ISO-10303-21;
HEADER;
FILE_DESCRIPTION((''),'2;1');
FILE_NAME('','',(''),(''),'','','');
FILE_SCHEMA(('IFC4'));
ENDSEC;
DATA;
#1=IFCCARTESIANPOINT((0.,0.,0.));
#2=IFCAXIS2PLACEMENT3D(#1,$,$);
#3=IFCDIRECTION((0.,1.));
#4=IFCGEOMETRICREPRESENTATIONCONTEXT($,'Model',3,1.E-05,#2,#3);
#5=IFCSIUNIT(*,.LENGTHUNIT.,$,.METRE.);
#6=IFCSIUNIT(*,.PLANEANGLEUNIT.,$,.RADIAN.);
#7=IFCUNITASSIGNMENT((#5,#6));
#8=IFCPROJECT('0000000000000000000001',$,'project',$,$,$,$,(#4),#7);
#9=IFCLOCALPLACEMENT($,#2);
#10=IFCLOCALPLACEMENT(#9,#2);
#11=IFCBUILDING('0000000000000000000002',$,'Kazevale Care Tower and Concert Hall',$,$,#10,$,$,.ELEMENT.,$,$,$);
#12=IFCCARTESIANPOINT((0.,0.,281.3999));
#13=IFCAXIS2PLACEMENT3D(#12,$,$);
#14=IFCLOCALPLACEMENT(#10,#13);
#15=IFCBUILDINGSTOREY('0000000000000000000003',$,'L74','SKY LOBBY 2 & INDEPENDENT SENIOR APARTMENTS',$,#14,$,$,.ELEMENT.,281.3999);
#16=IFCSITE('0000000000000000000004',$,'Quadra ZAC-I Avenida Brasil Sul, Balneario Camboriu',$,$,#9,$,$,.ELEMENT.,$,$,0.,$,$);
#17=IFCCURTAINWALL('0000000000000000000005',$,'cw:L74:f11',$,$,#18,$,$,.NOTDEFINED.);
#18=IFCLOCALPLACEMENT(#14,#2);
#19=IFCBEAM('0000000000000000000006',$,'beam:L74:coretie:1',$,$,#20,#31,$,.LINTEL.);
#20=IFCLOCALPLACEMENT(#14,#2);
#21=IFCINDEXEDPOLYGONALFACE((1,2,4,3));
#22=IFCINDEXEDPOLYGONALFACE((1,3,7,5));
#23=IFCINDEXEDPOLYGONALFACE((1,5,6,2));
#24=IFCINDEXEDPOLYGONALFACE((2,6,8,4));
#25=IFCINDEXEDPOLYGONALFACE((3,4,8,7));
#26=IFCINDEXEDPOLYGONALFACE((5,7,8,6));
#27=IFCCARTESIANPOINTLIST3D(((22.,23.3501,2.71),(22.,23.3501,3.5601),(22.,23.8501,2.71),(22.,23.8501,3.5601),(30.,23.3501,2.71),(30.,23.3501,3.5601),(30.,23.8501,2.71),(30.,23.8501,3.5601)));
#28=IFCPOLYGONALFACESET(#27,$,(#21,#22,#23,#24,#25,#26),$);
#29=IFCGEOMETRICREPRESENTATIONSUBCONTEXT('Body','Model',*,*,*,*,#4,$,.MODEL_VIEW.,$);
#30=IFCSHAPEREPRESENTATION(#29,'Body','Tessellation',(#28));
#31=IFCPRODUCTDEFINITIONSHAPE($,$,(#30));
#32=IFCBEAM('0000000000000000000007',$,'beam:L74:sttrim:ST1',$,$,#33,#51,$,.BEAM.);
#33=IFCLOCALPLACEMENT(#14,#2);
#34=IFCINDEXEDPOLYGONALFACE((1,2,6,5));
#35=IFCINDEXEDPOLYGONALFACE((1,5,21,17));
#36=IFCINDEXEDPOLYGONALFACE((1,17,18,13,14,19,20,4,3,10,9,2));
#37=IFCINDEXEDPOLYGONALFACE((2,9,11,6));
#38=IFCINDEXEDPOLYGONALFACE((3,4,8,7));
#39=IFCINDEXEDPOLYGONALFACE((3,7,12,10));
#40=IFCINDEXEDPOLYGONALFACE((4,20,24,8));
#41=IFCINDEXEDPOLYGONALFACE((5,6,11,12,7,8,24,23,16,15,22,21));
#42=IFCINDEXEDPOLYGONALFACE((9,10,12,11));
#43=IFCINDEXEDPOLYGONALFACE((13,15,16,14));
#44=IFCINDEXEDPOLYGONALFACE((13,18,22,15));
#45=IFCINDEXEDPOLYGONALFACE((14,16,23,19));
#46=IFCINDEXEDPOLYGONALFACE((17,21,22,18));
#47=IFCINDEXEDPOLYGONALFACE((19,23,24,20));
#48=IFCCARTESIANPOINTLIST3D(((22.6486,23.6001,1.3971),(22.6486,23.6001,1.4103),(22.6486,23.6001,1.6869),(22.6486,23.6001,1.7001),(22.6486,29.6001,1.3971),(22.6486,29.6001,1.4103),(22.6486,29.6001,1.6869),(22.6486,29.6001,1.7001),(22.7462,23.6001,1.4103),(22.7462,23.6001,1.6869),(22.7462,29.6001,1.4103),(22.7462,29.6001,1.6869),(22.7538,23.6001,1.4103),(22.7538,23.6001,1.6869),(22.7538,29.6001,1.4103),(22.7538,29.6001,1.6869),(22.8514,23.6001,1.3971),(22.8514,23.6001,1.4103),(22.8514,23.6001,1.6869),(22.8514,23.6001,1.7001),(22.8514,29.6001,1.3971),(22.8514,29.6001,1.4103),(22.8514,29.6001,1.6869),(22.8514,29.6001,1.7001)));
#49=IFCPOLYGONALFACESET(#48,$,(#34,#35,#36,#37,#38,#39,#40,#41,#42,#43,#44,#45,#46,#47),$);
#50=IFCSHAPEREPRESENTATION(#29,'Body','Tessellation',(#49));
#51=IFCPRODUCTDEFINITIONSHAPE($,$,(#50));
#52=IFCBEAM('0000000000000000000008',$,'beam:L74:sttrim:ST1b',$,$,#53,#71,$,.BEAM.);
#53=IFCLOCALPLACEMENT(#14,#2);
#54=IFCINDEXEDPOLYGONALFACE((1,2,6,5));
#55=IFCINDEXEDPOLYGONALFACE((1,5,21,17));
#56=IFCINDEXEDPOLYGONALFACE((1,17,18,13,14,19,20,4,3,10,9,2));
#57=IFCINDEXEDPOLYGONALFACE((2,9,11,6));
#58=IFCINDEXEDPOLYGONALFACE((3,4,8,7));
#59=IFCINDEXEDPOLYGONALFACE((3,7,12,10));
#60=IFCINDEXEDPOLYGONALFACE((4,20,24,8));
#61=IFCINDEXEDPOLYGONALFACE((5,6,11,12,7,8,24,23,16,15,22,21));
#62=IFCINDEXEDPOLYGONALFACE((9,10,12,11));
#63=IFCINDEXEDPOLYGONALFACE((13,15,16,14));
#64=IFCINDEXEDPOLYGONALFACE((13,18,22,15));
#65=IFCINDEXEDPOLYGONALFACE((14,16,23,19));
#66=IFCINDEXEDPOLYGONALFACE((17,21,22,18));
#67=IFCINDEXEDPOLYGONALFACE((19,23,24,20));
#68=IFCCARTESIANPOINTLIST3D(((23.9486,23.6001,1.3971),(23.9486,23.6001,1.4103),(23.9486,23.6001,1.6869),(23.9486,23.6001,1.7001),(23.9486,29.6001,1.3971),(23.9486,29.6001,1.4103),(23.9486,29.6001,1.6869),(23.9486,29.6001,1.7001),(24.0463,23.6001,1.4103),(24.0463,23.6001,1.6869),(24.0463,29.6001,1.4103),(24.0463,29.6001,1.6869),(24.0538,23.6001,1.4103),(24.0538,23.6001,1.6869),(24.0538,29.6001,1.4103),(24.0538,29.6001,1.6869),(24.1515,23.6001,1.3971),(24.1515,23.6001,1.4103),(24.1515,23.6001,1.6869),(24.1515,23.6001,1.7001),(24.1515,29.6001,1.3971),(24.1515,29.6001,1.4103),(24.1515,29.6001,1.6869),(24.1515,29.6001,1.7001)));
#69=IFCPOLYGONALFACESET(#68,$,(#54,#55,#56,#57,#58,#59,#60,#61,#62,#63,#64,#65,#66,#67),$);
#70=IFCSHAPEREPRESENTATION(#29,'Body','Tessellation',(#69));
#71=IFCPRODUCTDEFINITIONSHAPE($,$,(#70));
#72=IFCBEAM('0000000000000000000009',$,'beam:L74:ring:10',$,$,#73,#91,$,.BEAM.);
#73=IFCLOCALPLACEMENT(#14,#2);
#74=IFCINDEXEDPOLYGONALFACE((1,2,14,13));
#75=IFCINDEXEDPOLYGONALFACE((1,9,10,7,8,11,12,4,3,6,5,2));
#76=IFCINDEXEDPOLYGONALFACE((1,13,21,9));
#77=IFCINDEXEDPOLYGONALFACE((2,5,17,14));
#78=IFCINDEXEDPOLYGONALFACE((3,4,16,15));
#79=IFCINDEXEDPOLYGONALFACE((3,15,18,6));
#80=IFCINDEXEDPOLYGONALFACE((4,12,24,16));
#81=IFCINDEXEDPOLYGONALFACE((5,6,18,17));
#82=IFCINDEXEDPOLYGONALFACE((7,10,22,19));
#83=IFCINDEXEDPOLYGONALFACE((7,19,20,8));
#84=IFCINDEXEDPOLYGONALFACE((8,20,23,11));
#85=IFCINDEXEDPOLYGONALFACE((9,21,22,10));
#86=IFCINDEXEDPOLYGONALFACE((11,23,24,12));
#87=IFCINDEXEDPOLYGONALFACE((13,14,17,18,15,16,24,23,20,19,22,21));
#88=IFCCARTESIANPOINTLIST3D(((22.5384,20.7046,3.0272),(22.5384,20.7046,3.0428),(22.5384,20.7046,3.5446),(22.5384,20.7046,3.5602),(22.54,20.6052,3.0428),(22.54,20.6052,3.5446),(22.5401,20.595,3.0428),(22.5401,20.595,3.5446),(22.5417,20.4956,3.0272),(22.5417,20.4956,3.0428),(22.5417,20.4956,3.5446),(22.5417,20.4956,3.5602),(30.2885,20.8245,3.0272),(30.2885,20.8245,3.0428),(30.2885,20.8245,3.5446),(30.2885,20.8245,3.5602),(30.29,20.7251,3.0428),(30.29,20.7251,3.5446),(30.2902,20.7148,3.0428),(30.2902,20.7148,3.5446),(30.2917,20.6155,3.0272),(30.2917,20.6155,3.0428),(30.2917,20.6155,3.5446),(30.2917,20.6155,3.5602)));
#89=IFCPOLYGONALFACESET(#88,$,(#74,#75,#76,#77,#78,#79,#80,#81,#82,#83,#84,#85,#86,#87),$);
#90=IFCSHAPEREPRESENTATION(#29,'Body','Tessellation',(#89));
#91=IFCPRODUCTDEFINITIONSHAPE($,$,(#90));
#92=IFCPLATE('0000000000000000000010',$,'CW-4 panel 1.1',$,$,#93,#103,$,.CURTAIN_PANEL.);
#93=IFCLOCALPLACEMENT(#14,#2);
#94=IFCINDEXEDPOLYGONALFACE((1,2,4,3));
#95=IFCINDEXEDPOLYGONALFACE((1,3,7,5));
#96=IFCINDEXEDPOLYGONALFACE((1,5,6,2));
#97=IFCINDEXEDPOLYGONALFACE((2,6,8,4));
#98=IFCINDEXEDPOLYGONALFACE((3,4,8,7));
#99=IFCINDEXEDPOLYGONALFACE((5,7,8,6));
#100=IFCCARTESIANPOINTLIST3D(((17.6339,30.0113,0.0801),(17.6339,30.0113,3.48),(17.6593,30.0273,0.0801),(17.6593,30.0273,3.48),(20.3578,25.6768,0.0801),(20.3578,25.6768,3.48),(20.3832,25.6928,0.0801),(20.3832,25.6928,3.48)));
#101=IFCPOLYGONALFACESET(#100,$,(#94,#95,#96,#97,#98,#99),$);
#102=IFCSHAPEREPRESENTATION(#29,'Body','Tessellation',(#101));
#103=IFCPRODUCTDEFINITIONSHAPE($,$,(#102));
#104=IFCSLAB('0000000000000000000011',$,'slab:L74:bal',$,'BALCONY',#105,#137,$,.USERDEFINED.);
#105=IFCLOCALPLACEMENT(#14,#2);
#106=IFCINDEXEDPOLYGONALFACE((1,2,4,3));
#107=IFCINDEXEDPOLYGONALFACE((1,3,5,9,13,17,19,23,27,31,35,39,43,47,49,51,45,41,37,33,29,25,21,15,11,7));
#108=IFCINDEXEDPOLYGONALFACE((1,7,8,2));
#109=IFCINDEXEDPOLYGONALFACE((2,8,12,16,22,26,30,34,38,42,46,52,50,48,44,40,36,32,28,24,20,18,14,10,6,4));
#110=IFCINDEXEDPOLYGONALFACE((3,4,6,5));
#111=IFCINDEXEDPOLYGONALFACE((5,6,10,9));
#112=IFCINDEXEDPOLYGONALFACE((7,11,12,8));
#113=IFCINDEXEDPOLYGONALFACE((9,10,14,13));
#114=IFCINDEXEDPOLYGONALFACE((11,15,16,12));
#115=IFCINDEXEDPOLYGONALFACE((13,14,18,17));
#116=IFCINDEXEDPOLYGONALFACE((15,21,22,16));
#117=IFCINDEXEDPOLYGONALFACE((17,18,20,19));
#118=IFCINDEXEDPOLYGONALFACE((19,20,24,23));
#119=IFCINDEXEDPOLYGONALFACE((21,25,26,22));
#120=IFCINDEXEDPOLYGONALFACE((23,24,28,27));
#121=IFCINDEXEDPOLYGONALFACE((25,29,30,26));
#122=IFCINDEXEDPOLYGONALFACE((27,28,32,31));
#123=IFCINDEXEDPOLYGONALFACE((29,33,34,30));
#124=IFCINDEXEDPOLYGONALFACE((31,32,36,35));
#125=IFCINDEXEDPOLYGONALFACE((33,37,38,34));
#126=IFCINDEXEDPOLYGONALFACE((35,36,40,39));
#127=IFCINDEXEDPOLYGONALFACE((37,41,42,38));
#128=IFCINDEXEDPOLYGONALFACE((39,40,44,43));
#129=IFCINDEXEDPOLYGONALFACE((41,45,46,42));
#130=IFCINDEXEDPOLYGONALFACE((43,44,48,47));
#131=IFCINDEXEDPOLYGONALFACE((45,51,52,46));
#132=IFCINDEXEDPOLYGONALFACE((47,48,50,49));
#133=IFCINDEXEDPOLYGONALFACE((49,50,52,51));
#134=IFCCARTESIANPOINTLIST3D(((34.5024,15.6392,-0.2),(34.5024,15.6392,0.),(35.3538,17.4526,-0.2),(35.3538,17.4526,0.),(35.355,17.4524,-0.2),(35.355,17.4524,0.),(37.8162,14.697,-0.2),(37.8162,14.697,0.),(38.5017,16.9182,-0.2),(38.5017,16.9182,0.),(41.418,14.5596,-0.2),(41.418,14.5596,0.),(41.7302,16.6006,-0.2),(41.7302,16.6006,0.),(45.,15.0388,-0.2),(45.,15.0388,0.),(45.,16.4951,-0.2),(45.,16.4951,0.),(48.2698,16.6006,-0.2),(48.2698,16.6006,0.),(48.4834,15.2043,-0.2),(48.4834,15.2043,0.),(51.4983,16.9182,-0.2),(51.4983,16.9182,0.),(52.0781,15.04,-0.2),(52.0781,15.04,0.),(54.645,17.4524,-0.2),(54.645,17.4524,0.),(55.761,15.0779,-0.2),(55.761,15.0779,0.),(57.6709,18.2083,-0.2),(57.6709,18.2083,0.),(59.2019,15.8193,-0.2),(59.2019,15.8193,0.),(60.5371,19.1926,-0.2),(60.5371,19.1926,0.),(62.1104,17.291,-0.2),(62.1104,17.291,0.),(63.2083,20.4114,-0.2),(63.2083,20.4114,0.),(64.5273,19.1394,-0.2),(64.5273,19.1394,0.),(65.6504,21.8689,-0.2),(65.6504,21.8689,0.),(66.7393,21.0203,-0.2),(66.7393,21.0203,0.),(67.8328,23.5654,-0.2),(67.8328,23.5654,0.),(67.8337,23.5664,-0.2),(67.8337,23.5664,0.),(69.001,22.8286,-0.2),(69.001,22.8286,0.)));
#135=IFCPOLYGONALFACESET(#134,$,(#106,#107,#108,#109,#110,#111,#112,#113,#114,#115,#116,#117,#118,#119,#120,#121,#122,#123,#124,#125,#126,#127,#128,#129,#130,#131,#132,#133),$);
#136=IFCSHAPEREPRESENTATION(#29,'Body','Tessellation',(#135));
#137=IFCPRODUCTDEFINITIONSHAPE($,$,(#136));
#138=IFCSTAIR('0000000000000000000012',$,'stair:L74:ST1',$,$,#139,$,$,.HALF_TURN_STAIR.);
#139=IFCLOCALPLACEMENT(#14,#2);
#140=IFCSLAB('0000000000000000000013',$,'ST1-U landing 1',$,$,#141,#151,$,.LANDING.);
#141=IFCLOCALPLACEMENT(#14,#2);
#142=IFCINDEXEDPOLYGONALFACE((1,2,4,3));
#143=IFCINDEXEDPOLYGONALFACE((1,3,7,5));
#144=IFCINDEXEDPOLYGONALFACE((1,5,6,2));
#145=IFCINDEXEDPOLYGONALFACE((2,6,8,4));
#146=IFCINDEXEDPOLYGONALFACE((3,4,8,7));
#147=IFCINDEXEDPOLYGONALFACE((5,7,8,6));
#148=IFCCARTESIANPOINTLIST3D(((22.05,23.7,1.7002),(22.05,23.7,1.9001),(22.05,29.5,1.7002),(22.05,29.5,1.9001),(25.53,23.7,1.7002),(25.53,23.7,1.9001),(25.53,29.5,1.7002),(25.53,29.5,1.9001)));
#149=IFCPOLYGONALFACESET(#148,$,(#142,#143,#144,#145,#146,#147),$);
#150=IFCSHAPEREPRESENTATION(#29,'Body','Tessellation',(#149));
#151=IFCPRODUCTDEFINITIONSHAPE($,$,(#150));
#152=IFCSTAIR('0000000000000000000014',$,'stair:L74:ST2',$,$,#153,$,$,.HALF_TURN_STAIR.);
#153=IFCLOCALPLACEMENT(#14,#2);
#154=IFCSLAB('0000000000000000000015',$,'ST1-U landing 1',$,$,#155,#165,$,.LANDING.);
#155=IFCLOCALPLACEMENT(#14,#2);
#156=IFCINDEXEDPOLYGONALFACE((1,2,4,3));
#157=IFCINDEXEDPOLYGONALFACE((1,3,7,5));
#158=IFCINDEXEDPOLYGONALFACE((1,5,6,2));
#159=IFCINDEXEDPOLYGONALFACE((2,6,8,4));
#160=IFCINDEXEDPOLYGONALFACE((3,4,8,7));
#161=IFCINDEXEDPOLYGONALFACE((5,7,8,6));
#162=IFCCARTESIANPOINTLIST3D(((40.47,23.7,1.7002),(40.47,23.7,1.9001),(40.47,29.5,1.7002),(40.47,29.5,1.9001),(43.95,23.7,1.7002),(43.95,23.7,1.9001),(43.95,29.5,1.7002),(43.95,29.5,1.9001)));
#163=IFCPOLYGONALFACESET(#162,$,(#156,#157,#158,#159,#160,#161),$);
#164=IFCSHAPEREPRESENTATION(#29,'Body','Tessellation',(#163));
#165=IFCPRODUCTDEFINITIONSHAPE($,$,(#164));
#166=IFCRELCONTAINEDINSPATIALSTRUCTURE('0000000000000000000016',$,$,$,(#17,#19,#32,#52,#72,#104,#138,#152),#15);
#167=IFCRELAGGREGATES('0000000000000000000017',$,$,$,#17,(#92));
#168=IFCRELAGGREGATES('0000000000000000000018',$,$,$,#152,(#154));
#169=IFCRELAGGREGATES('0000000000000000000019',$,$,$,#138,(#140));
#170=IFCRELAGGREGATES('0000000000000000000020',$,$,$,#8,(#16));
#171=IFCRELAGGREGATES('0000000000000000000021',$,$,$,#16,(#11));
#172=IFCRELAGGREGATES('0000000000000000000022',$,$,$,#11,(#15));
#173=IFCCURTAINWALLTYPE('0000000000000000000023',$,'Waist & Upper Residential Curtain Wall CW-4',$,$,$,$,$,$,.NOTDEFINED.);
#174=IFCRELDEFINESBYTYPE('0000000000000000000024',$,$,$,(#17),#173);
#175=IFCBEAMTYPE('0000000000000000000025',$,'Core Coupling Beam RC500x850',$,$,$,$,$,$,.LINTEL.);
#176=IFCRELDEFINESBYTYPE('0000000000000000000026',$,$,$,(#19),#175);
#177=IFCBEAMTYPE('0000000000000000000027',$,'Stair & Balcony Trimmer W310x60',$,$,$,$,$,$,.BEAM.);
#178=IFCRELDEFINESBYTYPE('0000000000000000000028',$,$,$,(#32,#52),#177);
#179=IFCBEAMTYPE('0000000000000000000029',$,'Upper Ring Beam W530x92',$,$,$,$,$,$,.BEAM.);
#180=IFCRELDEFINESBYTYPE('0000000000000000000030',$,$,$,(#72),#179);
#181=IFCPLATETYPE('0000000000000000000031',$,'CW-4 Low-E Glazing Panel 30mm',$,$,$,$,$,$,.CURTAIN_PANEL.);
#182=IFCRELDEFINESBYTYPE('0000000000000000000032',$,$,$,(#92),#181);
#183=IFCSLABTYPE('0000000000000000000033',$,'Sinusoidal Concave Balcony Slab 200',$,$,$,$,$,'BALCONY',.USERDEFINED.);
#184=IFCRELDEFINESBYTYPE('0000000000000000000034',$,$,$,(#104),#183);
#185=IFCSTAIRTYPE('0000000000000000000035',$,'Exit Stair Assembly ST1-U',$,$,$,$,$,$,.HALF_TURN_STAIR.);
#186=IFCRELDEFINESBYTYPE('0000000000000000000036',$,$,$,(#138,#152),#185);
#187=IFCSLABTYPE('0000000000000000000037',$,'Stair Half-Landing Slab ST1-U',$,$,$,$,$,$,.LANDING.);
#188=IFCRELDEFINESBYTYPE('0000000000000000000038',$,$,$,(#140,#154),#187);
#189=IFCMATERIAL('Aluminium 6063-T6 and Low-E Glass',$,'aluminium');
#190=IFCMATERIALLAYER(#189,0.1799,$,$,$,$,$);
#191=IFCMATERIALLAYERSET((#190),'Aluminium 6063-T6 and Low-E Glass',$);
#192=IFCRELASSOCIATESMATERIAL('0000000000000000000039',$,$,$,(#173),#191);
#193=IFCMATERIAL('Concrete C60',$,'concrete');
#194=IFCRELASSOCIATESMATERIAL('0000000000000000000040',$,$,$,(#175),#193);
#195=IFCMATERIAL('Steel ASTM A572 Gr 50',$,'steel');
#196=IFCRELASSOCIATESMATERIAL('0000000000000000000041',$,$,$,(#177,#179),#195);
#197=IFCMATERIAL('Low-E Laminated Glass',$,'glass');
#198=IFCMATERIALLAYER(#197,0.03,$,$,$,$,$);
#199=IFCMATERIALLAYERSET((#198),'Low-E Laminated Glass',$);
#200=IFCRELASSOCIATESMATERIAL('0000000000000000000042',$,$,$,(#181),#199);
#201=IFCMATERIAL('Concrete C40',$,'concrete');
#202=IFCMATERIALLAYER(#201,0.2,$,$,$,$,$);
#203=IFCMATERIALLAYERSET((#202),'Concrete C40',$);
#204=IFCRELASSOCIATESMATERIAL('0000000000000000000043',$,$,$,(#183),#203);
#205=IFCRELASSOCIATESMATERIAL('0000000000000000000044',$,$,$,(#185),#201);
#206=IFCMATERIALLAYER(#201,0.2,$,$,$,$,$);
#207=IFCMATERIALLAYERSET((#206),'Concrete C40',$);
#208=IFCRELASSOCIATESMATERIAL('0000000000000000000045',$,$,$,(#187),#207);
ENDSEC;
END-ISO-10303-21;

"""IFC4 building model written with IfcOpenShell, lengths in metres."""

from ifc_helpers import new_model, si_unit, direction, frame, origin, origin_2d, place, context, subcontext, project, spatial, polyline, rectangle, i_section, outline, extrude, material, layer, layer_set, material_profile, profile_set, type_object, element, aggregate, save


model = new_model("IFC4")

# Units and contexts
model_context = context("Model", 3, precision=1e-05, world=origin(), true_north=direction((0.0, 1.0)))
body_context = subcontext(model_context, "Body", "Model", "MODEL_VIEW")
ifc_project = project(units=[si_unit("LENGTHUNIT", "METRE"), si_unit("PLANEANGLEUNIT", "RADIAN")], contexts=[model_context])

# Site, building, storey
site_placement = place(None, origin())
site = spatial("IfcSite", under=ifc_project, at=site_placement, Name="Quadra ZAC-I Avenida Brasil Sul, Balneario Camboriu", CompositionType="ELEMENT", RefElevation=0.0)
building_placement = place(site_placement, origin())
building = spatial("IfcBuilding", under=site, at=building_placement, Name="Kazevale Care Tower and Concert Hall", CompositionType="ELEMENT")
storey_placement = place(building_placement, frame((0.0, 0.0, 281.3999)))
storey = spatial("IfcBuildingStorey", under=building, at=storey_placement, Name="L74", Description="SKY LOBBY 2 & INDEPENDENT SENIOR APARTMENTS", CompositionType="ELEMENT", Elevation=281.3999)

# Curtain wall
ifc_material_1 = material(Name="Aluminium 6063-T6 and Low-E Glass", Category="aluminium")
ifc_layer_1 = layer(ifc_material_1, 0.1799)
ifc_layer_set_1 = layer_set([ifc_layer_1], Name="Aluminium 6063-T6 and Low-E Glass")
curtain_wall_type_1 = type_object("IfcCurtainWallType", Name="Waist & Upper Residential Curtain Wall CW-4", PredefinedType="NOTDEFINED", material=ifc_layer_set_1)
curtain_wall_1_placement = place(storey_placement, origin())
curtain_wall_1 = element("IfcCurtainWall", 1, at=curtain_wall_1_placement, inside=storey, type_object=curtain_wall_type_1, Name="cw:L74:f11", PredefinedType="NOTDEFINED")

# Beams
ifc_material_2 = material(Name="Concrete C60", Category="concrete")
ifc_material_profile_1 = material_profile(ifc_material_2, rectangle(XDim=0.5, YDim=0.8501, at=origin_2d()), Name="RC-B500x850")
ifc_profile_set_1 = profile_set([ifc_material_profile_1], Name="Concrete C60")
beam_type_1 = type_object("IfcBeamType", Name="Core Coupling Beam RC500x850", PredefinedType="LINTEL", material=ifc_profile_set_1)
beam_1_placement = place(storey_placement, frame((22.0, 23.6001, 3.135), z_axis=(1.0, 0.0, 0.0), x_axis=(0.0, 1.0, 0.0)))
element("IfcBeam", 2, at=beam_1_placement, inside=storey, type_object=beam_type_1, Name="beam:L74:coretie:1", PredefinedType="LINTEL", context=body_context, shape_type="SweptSolid", body=[
    extrude(rectangle(XDim=0.5, YDim=0.8501, at=origin_2d()), origin(), (0.0, 0.0, 1.0), 8.0),
])
ifc_material_3 = material(Name="Steel ASTM A572 Gr 50", Category="steel")
ifc_material_profile_2 = material_profile(ifc_material_3, i_section(OverallWidth=0.2029, OverallDepth=0.303, WebThickness=0.0076, FlangeThickness=0.0132, at=origin_2d()), Name="W310x60")
ifc_profile_set_2 = profile_set([ifc_material_profile_2], Name="Steel ASTM A572 Gr 50")
beam_type_2 = type_object("IfcBeamType", Name="Stair & Balcony Trimmer W310x60", PredefinedType="BEAM", material=ifc_profile_set_2)
for number, where, z_axis, x_axis, name in (
    (3, (22.75, 23.6001, 1.5486), (0.0, 1.0, 0.0), (-1.0, 0.0, 0.0), "beam:L74:sttrim:ST1"),
    (4, (24.05, 23.6001, 1.5486), (0.0, 1.0, 0.0), (-1.0, 0.0, 0.0), "beam:L74:sttrim:ST1b"),
):
    element("IfcBeam", number, at=place(storey_placement, frame(where, z_axis=z_axis, x_axis=x_axis)), inside=storey, type_object=beam_type_2, Name=name, PredefinedType="BEAM", context=body_context, shape_type="SweptSolid", body=[
        extrude(i_section(OverallWidth=0.2029, OverallDepth=0.303, WebThickness=0.0076, FlangeThickness=0.0132, at=origin_2d()), origin(), (0.0, 0.0, 1.0), 6.0),
    ])
ifc_material_profile_3 = material_profile(ifc_material_3, i_section(OverallWidth=0.209, OverallDepth=0.533, WebThickness=0.0103, FlangeThickness=0.0156, at=origin_2d()), Name="W530x92")
ifc_profile_set_3 = profile_set([ifc_material_profile_3], Name="Steel ASTM A572 Gr 50")
beam_type_3 = type_object("IfcBeamType", Name="Upper Ring Beam W530x92", PredefinedType="BEAM", material=ifc_profile_set_3)
beam_2_placement = place(storey_placement, frame((22.54, 20.6001, 3.2937), z_axis=(0.99988, 0.015466, 0.0), x_axis=(-0.015466, 0.99988, 0.0)))
element("IfcBeam", 5, at=beam_2_placement, inside=storey, type_object=beam_type_3, Name="beam:L74:ring:10", PredefinedType="BEAM", context=body_context, shape_type="SweptSolid", body=[
    extrude(i_section(OverallWidth=0.209, OverallDepth=0.533, WebThickness=0.0103, FlangeThickness=0.0156, at=origin_2d()), origin(), (0.0, 0.0, 1.0), 7.751),
])

# Plate
ifc_material_4 = material(Name="Low-E Laminated Glass", Category="glass")
ifc_layer_2 = layer(ifc_material_4, 0.03)
ifc_layer_set_2 = layer_set([ifc_layer_2], Name="Low-E Laminated Glass")
plate_type = type_object("IfcPlateType", Name="CW-4 Low-E Glazing Panel 30mm", PredefinedType="CURTAIN_PANEL", material=ifc_layer_set_2)
plate_placement = place(storey_placement, frame((19.0085, 27.8521, 0.0801), z_axis=(0.0, 0.0, 1.0), x_axis=(-0.532075, 0.846698, 0.0)))
plate = element("IfcPlate", 6, at=plate_placement, type_object=plate_type, Name="CW-4 panel 1.1", PredefinedType="CURTAIN_PANEL", context=body_context, shape_type="SweptSolid", body=[
    extrude(rectangle(XDim=5.1194, YDim=0.03, at=origin_2d()), origin(), (0.0, 0.0, 1.0), 3.3999),
])
aggregate(curtain_wall_1, [plate])

# Slab
ifc_material_5 = material(Name="Concrete C40", Category="concrete")
ifc_layer_3 = layer(ifc_material_5, 0.2)
ifc_layer_set_3 = layer_set([ifc_layer_3], Name="Concrete C40")
slab_type_1 = type_object("IfcSlabType", Name="Sinusoidal Concave Balcony Slab 200", ElementType="BALCONY", PredefinedType="USERDEFINED", material=ifc_layer_set_3)
slab_1_placement = place(storey_placement, frame((0.0, 0.0, -0.2)))
element("IfcSlab", 7, at=slab_1_placement, inside=storey, type_object=slab_type_1, Name="slab:L74:bal", ObjectType="BALCONY", PredefinedType="USERDEFINED", context=body_context, shape_type="SweptSolid", body=[
    extrude(outline(polyline([(69.001, 22.8286), (66.7393, 21.0203), (64.5273, 19.1394), (62.1104, 17.291), (59.2019, 15.8193), (55.761, 15.0779), (52.0781, 15.04), (48.4834, 15.2043), (45.0, 15.0388), (41.418, 14.5596), (37.8162, 14.697), (34.5024, 15.6392), (35.3538, 17.4526), (35.355, 17.4524), (38.5017, 16.9182), (41.7302, 16.6006), (45.0, 16.4951), (48.2698, 16.6006), (51.4983, 16.9182), (54.645, 17.4524), (57.6709, 18.2083), (60.5371, 19.1926), (63.2083, 20.4114), (65.6504, 21.8689), (67.8328, 23.5654), (67.8337, 23.5664), (69.001, 22.8286)])), origin(), (0.0, 0.0, 1.0), 0.2),
])

# Stairs, slabs
stair_type = type_object("IfcStairType", Name="Exit Stair Assembly ST1-U", PredefinedType="HALF_TURN_STAIR", material=ifc_material_5)
stair_1_placement = place(storey_placement, origin())
stair_1 = element("IfcStair", 8, at=stair_1_placement, inside=storey, type_object=stair_type, Name="stair:L74:ST1", PredefinedType="HALF_TURN_STAIR")
ifc_layer_4 = layer(ifc_material_5, 0.2)
ifc_layer_set_4 = layer_set([ifc_layer_4], Name="Concrete C40")
slab_type_2 = type_object("IfcSlabType", Name="Stair Half-Landing Slab ST1-U", PredefinedType="LANDING", material=ifc_layer_set_4)
slab_2_placement = place(storey_placement, frame((0.0, 0.0, 1.7002)))
slab_2 = element("IfcSlab", 9, at=slab_2_placement, type_object=slab_type_2, Name="ST1-U landing 1", PredefinedType="LANDING", context=body_context, shape_type="SweptSolid", body=[
    extrude(outline(polyline([(22.05, 23.7), (25.53, 23.7), (25.53, 29.5), (22.05, 29.5), (22.05, 23.7)])), origin(), (0.0, 0.0, 1.0), 0.2),
])
stair_2_placement = place(storey_placement, origin())
stair_2 = element("IfcStair", 10, at=stair_2_placement, inside=storey, type_object=stair_type, Name="stair:L74:ST2", PredefinedType="HALF_TURN_STAIR")
slab_3_placement = place(storey_placement, frame((0.0, 0.0, 1.7002)))
slab_3 = element("IfcSlab", 11, at=slab_3_placement, type_object=slab_type_2, Name="ST1-U landing 1", PredefinedType="LANDING", context=body_context, shape_type="SweptSolid", body=[
    extrude(outline(polyline([(40.47, 23.7), (43.95, 23.7), (43.95, 29.5), (40.47, 29.5), (40.47, 23.7)])), origin(), (0.0, 0.0, 1.0), 0.2),
])
aggregate(stair_2, [slab_3])

aggregate(stair_1, [slab_2])

save(model, "model.ifc")
